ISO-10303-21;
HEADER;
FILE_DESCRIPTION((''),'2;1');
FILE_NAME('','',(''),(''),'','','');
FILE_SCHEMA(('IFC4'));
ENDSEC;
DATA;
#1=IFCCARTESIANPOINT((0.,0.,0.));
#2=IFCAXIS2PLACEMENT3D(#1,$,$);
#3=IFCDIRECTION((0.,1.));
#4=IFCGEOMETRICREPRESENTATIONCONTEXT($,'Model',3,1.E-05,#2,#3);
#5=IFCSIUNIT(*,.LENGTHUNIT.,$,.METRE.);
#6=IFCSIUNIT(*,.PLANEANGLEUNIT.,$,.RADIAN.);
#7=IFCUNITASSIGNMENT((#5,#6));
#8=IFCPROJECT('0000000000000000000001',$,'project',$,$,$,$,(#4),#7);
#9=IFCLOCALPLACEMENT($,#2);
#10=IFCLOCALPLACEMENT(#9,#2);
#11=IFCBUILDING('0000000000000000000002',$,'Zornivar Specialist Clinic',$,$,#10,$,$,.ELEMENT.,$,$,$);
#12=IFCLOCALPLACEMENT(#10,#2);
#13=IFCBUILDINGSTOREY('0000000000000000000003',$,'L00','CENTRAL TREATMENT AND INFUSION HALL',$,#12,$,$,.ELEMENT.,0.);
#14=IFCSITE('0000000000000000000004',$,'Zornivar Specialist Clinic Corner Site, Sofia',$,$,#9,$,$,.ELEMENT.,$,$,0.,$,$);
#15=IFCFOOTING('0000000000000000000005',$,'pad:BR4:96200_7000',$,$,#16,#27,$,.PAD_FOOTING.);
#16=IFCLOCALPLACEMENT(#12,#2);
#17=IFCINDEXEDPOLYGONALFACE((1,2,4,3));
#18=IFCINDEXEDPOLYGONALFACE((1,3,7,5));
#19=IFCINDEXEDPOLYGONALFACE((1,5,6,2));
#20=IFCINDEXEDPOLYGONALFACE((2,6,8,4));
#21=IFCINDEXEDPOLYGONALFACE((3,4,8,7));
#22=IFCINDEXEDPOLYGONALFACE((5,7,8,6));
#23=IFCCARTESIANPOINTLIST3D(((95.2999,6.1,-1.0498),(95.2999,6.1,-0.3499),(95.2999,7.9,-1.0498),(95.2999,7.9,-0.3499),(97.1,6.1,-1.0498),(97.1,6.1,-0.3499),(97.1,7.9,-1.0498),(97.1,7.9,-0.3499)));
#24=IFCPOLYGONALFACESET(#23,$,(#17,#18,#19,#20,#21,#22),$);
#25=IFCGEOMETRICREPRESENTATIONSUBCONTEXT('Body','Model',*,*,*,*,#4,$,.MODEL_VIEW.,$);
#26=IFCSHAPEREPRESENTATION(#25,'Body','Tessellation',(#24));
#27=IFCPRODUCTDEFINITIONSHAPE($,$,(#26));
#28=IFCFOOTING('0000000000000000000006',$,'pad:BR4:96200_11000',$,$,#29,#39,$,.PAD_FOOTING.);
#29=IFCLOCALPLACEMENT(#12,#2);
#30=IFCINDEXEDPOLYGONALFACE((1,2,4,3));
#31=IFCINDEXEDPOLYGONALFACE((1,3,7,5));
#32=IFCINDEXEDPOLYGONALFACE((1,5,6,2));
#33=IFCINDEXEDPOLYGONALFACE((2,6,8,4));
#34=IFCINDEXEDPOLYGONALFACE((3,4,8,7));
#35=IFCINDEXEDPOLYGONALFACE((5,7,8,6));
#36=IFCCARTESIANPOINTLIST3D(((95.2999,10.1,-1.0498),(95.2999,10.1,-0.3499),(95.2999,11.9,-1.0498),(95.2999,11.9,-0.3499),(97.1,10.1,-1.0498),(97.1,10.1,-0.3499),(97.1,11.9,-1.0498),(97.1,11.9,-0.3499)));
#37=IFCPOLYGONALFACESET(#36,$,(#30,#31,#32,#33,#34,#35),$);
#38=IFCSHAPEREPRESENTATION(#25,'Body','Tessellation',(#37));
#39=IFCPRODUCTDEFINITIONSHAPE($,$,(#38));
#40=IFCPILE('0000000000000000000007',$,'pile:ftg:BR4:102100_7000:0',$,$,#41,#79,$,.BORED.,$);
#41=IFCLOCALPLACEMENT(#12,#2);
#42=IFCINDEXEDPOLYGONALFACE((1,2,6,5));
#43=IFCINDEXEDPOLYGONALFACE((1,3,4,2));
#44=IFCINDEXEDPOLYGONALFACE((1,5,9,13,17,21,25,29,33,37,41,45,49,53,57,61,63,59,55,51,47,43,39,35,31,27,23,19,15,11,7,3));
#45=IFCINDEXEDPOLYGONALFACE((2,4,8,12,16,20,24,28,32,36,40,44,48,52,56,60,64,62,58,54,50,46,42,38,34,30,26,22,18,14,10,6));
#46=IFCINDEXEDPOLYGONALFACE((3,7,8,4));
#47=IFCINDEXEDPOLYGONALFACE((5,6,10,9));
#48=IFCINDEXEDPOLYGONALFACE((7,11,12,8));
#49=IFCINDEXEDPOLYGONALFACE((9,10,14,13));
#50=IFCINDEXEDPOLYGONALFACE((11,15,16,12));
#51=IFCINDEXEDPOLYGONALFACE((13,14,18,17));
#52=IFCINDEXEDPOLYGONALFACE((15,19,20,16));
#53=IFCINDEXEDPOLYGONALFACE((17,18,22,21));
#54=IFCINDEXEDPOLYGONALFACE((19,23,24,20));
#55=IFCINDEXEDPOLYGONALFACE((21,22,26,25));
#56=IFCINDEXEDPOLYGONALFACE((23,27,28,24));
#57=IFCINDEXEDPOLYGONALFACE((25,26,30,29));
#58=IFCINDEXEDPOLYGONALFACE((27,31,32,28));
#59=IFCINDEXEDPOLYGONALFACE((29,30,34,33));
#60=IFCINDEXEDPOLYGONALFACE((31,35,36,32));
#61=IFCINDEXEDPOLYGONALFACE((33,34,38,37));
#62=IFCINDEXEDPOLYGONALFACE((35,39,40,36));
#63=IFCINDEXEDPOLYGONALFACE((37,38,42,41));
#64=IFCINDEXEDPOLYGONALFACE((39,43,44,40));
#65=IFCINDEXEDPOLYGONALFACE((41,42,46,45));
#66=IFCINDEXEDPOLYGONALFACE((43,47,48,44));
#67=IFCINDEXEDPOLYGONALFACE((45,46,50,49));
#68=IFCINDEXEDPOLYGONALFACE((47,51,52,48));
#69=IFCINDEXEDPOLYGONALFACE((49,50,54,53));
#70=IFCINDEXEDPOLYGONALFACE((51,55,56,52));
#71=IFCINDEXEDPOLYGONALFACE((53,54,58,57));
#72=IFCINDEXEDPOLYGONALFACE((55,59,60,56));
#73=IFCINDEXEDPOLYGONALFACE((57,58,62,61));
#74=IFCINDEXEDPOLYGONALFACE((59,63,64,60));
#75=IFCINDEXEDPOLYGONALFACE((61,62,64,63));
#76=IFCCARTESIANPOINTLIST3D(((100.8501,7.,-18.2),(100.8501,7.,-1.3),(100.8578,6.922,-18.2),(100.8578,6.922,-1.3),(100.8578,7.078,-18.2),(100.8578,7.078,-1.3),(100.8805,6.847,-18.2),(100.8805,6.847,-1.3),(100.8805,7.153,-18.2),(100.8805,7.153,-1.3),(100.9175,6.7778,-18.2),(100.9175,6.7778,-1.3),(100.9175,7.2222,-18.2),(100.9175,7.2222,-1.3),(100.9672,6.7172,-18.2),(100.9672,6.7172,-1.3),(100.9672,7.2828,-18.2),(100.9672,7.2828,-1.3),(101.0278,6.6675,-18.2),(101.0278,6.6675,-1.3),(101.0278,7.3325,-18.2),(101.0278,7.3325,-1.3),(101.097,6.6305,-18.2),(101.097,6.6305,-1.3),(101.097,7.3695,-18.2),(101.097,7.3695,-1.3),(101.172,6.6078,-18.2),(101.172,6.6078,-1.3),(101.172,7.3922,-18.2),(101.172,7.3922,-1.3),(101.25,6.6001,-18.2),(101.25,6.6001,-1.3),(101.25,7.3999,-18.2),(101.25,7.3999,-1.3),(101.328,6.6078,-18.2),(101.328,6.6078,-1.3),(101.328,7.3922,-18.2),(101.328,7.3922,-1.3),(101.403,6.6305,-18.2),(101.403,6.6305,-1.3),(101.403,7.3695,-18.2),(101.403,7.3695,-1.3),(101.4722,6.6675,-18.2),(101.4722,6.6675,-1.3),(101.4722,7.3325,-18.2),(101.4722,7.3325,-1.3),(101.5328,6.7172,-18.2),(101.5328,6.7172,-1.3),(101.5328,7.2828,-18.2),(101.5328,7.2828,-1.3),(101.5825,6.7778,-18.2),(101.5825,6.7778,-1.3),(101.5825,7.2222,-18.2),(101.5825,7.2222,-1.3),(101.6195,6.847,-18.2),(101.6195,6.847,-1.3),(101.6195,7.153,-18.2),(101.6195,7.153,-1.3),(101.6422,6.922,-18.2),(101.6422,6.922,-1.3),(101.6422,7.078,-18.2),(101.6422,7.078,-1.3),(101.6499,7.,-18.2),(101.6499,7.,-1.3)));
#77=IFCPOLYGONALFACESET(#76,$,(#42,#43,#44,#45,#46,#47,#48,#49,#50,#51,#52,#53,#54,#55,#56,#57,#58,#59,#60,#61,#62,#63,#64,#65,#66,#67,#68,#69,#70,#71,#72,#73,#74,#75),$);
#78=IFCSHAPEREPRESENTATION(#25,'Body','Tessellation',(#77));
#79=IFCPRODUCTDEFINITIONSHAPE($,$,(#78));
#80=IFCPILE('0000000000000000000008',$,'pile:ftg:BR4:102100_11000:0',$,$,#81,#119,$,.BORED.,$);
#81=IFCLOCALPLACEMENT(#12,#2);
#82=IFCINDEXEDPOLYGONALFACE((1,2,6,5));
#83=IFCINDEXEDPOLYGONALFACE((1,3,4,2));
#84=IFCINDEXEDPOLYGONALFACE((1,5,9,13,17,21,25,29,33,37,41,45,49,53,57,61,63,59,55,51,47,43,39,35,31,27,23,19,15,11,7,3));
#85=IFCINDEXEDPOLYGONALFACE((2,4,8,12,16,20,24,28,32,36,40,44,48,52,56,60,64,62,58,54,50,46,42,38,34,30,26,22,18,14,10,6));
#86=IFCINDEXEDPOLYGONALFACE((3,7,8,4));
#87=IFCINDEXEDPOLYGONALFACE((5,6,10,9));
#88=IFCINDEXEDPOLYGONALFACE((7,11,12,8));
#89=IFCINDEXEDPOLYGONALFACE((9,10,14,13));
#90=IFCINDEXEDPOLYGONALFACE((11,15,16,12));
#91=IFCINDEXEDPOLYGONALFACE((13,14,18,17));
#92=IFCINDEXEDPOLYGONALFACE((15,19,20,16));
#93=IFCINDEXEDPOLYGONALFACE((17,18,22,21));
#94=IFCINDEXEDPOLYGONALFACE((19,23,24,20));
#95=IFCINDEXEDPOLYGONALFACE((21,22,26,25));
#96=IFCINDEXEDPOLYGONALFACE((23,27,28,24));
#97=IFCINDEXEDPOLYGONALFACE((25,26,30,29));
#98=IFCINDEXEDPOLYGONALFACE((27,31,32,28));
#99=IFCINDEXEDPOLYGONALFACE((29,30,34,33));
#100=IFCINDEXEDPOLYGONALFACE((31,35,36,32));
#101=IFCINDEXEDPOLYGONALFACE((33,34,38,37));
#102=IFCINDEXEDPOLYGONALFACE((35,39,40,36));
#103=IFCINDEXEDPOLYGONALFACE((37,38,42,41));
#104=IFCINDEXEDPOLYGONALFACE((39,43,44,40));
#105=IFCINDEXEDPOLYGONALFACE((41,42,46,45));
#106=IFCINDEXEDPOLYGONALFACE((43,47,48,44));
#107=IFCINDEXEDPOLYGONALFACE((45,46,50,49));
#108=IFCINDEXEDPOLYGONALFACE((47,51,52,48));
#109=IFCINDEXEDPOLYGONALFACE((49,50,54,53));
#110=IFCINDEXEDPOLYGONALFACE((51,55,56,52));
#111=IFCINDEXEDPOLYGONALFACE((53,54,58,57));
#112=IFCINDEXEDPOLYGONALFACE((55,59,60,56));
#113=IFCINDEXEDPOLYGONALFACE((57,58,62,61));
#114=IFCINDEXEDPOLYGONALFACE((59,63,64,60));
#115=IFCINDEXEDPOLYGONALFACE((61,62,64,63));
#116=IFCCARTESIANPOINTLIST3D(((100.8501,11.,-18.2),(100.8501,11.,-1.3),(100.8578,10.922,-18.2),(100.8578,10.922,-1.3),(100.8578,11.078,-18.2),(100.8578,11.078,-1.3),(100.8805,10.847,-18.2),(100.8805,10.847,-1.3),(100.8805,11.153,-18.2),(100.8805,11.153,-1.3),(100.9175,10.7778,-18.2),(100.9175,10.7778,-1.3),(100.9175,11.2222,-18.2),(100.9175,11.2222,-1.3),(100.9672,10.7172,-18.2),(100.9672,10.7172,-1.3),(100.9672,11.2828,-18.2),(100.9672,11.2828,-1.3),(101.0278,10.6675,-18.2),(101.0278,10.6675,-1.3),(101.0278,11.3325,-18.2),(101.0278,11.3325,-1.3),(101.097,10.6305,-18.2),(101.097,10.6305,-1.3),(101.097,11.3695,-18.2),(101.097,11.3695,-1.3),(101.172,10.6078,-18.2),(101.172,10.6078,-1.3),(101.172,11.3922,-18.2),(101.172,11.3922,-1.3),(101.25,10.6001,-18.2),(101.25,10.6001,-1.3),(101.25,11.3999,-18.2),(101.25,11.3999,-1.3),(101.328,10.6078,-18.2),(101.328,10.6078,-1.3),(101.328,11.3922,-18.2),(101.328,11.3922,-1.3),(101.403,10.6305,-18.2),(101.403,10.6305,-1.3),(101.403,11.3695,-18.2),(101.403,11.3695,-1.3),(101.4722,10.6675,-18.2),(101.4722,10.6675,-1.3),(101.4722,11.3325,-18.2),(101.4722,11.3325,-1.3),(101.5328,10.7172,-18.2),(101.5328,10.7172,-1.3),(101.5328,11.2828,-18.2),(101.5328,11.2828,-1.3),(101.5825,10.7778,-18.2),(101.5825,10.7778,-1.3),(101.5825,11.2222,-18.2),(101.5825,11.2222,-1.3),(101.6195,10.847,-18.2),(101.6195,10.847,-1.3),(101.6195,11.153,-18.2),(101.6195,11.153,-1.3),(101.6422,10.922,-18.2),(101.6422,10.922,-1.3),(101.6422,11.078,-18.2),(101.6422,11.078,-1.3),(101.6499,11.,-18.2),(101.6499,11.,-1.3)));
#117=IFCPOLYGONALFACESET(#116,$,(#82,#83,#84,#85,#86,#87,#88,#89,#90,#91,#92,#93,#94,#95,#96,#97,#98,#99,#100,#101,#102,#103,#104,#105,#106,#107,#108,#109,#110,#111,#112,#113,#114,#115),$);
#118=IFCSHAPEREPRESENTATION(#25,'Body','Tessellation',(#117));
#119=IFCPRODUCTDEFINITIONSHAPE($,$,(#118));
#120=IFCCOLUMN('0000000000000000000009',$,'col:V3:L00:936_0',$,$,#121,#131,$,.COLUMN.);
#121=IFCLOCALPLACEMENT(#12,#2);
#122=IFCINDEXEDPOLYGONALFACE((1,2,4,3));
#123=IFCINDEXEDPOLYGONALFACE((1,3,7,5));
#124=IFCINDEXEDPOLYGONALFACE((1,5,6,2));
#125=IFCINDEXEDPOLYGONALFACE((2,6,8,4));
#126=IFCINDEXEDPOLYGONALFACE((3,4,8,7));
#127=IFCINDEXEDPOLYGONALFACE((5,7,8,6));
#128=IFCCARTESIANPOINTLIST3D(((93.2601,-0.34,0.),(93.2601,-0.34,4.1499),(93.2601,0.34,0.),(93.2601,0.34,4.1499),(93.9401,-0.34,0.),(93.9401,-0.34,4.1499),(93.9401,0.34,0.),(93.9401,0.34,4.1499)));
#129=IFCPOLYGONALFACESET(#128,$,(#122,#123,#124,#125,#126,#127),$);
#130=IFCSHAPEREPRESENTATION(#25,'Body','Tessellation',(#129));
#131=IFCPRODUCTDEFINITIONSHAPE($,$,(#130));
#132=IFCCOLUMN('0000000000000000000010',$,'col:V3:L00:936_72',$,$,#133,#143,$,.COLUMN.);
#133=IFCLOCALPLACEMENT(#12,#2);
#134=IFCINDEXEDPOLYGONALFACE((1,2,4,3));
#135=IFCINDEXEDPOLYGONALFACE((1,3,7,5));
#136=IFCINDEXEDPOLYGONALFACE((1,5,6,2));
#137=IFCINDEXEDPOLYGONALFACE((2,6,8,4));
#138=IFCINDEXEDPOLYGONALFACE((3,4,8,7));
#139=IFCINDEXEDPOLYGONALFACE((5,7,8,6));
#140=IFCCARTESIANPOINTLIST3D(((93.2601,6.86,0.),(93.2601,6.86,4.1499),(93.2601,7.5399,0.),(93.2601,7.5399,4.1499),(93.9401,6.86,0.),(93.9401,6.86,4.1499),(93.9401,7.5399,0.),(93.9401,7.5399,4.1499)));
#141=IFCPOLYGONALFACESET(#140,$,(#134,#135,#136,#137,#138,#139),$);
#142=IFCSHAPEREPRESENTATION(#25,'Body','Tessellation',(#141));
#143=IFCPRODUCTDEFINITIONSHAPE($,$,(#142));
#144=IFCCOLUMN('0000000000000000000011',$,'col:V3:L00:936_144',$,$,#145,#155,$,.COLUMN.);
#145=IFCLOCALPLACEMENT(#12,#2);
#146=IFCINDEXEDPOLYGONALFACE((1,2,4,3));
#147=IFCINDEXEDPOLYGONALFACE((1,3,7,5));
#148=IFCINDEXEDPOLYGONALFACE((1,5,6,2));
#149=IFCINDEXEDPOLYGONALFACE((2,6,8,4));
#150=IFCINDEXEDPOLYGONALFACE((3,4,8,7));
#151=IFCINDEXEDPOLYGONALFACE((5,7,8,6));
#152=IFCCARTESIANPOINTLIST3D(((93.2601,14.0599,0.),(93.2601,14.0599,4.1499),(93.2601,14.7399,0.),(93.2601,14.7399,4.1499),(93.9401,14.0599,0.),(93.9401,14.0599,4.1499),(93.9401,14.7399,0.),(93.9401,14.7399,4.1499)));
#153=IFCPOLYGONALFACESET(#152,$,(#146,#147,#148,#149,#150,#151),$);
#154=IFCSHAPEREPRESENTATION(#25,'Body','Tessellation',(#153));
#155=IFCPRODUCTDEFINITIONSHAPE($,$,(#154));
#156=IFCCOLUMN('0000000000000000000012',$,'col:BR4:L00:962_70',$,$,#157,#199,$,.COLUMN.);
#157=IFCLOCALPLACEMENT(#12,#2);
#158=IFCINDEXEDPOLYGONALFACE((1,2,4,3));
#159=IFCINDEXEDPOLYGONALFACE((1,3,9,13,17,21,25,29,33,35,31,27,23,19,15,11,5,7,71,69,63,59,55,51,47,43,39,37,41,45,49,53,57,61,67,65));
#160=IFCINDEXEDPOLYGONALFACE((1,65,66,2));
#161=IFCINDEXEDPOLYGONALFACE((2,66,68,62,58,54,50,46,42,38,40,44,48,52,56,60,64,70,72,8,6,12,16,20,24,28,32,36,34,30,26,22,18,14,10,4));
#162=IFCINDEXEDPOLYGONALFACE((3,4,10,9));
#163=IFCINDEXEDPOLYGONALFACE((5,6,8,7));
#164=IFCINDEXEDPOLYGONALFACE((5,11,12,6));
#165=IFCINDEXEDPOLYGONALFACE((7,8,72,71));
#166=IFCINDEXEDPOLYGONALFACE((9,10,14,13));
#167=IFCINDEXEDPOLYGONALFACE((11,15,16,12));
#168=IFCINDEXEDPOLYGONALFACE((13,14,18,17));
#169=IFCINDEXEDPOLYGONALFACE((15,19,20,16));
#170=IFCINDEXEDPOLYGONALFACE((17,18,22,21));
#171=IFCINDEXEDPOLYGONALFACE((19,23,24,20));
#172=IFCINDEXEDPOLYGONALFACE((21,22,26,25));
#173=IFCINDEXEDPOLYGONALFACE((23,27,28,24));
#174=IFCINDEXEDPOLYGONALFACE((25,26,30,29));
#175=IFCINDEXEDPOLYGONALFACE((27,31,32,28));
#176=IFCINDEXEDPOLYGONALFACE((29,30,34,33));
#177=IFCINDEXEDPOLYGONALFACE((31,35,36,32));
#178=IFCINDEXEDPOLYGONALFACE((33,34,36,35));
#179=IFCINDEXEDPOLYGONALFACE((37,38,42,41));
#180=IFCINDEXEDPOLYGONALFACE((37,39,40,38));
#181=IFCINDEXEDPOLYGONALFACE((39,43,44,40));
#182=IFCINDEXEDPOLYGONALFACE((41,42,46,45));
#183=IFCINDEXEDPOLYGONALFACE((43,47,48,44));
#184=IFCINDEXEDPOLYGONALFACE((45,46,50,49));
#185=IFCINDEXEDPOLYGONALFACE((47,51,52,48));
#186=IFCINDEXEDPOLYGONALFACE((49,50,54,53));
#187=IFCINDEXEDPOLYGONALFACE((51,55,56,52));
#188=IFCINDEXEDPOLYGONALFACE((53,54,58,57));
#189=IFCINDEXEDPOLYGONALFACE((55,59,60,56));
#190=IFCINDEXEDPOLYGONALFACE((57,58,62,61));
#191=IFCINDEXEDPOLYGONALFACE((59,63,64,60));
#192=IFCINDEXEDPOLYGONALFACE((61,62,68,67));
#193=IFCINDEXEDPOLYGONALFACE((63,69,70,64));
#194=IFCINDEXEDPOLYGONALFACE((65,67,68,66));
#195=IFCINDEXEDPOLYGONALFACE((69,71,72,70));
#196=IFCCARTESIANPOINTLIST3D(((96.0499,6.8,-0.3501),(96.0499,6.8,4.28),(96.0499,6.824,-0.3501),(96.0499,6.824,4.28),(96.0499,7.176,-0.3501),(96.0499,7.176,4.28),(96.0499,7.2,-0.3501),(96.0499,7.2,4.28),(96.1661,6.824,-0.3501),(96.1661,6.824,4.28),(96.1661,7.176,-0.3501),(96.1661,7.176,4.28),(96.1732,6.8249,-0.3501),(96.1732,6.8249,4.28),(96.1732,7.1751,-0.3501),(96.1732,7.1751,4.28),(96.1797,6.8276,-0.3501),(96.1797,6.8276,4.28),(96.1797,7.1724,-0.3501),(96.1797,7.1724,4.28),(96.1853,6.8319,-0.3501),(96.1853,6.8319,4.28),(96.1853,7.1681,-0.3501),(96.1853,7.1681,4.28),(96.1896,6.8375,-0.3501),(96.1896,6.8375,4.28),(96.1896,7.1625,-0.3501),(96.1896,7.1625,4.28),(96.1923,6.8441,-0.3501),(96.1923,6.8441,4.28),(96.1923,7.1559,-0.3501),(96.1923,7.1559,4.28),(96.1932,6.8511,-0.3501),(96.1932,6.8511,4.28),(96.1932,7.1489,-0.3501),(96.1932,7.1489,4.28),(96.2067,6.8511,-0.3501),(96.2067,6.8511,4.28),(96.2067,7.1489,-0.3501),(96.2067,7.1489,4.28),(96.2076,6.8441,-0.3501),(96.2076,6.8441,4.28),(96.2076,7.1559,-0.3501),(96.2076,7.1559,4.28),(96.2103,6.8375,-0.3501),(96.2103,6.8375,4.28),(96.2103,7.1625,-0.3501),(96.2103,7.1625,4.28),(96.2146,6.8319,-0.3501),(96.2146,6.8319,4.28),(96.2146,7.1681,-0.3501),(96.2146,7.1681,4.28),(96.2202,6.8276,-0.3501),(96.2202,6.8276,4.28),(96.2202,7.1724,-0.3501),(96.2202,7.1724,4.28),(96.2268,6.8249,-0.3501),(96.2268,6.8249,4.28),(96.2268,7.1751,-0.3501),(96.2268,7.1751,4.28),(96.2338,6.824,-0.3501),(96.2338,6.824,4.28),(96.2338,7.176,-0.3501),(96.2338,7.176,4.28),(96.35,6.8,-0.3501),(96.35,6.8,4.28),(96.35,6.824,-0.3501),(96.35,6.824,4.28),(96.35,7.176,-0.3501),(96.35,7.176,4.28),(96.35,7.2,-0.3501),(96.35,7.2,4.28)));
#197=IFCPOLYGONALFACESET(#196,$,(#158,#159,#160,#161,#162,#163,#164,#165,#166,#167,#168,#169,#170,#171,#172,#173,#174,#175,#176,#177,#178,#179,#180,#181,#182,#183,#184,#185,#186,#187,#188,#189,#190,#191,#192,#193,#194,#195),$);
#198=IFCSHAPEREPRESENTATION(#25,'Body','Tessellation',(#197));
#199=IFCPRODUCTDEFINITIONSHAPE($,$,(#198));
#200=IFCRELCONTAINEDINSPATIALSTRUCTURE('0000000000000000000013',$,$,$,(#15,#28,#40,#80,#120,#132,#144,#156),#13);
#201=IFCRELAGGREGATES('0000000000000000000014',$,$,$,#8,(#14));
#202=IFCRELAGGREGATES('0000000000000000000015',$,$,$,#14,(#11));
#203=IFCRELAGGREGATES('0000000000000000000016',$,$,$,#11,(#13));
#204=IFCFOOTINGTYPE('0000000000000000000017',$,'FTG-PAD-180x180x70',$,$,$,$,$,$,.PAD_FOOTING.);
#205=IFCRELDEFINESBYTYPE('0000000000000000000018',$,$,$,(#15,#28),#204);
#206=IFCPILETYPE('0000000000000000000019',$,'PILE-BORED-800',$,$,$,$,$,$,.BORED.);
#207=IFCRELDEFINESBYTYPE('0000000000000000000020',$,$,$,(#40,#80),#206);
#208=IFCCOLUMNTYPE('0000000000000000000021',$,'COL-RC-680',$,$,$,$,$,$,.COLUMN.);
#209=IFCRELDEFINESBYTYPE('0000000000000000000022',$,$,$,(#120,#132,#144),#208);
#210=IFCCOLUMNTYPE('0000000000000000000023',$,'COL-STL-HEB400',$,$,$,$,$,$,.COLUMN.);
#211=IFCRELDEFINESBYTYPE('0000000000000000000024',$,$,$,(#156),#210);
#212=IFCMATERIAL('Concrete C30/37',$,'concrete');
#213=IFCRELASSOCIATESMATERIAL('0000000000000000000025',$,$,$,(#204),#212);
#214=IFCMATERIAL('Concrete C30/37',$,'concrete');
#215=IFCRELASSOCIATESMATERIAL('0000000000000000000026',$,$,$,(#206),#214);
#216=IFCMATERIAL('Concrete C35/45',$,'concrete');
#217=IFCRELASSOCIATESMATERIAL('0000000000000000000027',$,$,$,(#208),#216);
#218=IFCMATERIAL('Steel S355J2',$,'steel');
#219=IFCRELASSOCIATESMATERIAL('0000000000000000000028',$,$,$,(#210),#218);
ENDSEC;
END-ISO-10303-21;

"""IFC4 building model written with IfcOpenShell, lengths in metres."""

from ifc_helpers import new_model, si_unit, direction, frame, origin, origin_2d, place, context, subcontext, project, spatial, rectangle, circle, i_section, extrude, material, material_profile, profile_set, type_object, element, save


model = new_model("IFC4")

# Units and contexts
model_context = context("Model", 3, precision=1e-05, world=origin(), true_north=direction((0.0, 1.0)))
body_context = subcontext(model_context, "Body", "Model", "MODEL_VIEW")
ifc_project = project(units=[si_unit("LENGTHUNIT", "METRE"), si_unit("PLANEANGLEUNIT", "RADIAN")], contexts=[model_context])

# Site, building, storey
site_placement = place(None, origin())
site = spatial("IfcSite", under=ifc_project, at=site_placement, Name="Zornivar Specialist Clinic Corner Site, Sofia", CompositionType="ELEMENT", RefElevation=0.0)
building_placement = place(site_placement, origin())
building = spatial("IfcBuilding", under=site, at=building_placement, Name="Zornivar Specialist Clinic", CompositionType="ELEMENT")
storey_placement = place(building_placement, origin())
storey = spatial("IfcBuildingStorey", under=building, at=storey_placement, Name="L00", Description="CENTRAL TREATMENT AND INFUSION HALL", CompositionType="ELEMENT", Elevation=0.0)

# Footings
ifc_material_1 = material(Name="Concrete C30/37", Category="concrete")
footing_type = type_object("IfcFootingType", Name="FTG-PAD-180x180x70", PredefinedType="PAD_FOOTING", material=ifc_material_1)
for number, where, z_axis, x_axis, name in (
    (1, (96.2, 7.0, -1.0498), (0.0, 0.0, 1.0), (1.0, 0.0, 0.0), "pad:BR4:96200_7000"),
    (2, (96.2, 11.0, -1.0498), (0.0, 0.0, 1.0), (1.0, 0.0, 0.0), "pad:BR4:96200_11000"),
):
    element("IfcFooting", number, at=place(storey_placement, frame(where, z_axis=z_axis, x_axis=x_axis)), inside=storey, type_object=footing_type, Name=name, PredefinedType="PAD_FOOTING", context=body_context, shape_type="SweptSolid", body=[
        extrude(rectangle(XDim=1.8, YDim=1.8, at=origin_2d()), origin(), (0.0, 0.0, 1.0), 0.7),
    ])

# Piles
ifc_material_2 = material(Name="Concrete C30/37", Category="concrete")
ifc_material_profile_1 = material_profile(ifc_material_2, circle(Radius=0.3999, at=origin_2d()), Name="PILE D800")
ifc_profile_set_1 = profile_set([ifc_material_profile_1], Name="Concrete C30/37")
pile_type = type_object("IfcPileType", Name="PILE-BORED-800", PredefinedType="BORED", material=ifc_profile_set_1)
for number, where, z_axis, x_axis, name in (
    (3, (101.25, 7.0, -1.3), (0.0, 0.0, -1.0), (1.0, 0.0, 0.0), "pile:ftg:BR4:102100_7000:0"),
    (4, (101.25, 11.0, -1.3), (0.0, 0.0, -1.0), (1.0, 0.0, 0.0), "pile:ftg:BR4:102100_11000:0"),
):
    element("IfcPile", number, at=place(storey_placement, frame(where, z_axis=z_axis, x_axis=x_axis)), inside=storey, type_object=pile_type, Name=name, PredefinedType="BORED", context=body_context, shape_type="SweptSolid", body=[
        extrude(circle(Radius=0.3999, at=origin_2d()), origin(), (0.0, 0.0, 1.0), 16.8999),
    ])

# Columns
ifc_material_3 = material(Name="Concrete C35/45", Category="concrete")
ifc_material_profile_2 = material_profile(ifc_material_3, rectangle(XDim=0.6799, YDim=0.6799, at=origin_2d()), Name="RC 680x680")
ifc_profile_set_2 = profile_set([ifc_material_profile_2], Name="Concrete C35/45")
column_type_1 = type_object("IfcColumnType", Name="COL-RC-680", PredefinedType="COLUMN", material=ifc_profile_set_2)
for number, where, z_axis, x_axis, name in (
    (5, (93.6001, 0.0, 0.0), (0.0, 0.0, 1.0), (1.0, 0.0, 0.0), "col:V3:L00:936_0"),
    (6, (93.6001, 7.2, 0.0), (0.0, 0.0, 1.0), (1.0, 0.0, 0.0), "col:V3:L00:936_72"),
    (7, (93.6001, 14.3999, 0.0), (0.0, 0.0, 1.0), (1.0, 0.0, 0.0), "col:V3:L00:936_144"),
):
    element("IfcColumn", number, at=place(storey_placement, frame(where, z_axis=z_axis, x_axis=x_axis)), inside=storey, type_object=column_type_1, Name=name, PredefinedType="COLUMN", context=body_context, shape_type="SweptSolid", body=[
        extrude(rectangle(XDim=0.6799, YDim=0.6799, at=origin_2d()), origin(), (0.0, 0.0, 1.0), 4.1499),
    ])
ifc_material_4 = material(Name="Steel S355J2", Category="steel")
ifc_material_profile_3 = material_profile(ifc_material_4, i_section(OverallWidth=0.3, OverallDepth=0.3999, WebThickness=0.0134, FlangeThickness=0.0239, FilletRadius=0.0271, at=origin_2d()), Name="HEB 400")
ifc_profile_set_3 = profile_set([ifc_material_profile_3], Name="Steel S355J2")
column_type_2 = type_object("IfcColumnType", Name="COL-STL-HEB400", PredefinedType="COLUMN", material=ifc_profile_set_3)
for number, where, z_axis, x_axis, name in (
    (8, (96.2, 7.0, -0.3501), (0.0, 0.0, 1.0), (1.0, 0.0, 0.0), "col:BR4:L00:962_70"),
):
    element("IfcColumn", number, at=place(storey_placement, frame(where, z_axis=z_axis, x_axis=x_axis)), inside=storey, type_object=column_type_2, Name=name, PredefinedType="COLUMN", context=body_context, shape_type="SweptSolid", body=[
        extrude(i_section(OverallWidth=0.3, OverallDepth=0.3999, WebThickness=0.0134, FlangeThickness=0.0239, FilletRadius=0.0271, at=origin_2d()), origin(), (0.0, 0.0, 1.0), 4.6301),
    ])

save(model, "model.ifc")
